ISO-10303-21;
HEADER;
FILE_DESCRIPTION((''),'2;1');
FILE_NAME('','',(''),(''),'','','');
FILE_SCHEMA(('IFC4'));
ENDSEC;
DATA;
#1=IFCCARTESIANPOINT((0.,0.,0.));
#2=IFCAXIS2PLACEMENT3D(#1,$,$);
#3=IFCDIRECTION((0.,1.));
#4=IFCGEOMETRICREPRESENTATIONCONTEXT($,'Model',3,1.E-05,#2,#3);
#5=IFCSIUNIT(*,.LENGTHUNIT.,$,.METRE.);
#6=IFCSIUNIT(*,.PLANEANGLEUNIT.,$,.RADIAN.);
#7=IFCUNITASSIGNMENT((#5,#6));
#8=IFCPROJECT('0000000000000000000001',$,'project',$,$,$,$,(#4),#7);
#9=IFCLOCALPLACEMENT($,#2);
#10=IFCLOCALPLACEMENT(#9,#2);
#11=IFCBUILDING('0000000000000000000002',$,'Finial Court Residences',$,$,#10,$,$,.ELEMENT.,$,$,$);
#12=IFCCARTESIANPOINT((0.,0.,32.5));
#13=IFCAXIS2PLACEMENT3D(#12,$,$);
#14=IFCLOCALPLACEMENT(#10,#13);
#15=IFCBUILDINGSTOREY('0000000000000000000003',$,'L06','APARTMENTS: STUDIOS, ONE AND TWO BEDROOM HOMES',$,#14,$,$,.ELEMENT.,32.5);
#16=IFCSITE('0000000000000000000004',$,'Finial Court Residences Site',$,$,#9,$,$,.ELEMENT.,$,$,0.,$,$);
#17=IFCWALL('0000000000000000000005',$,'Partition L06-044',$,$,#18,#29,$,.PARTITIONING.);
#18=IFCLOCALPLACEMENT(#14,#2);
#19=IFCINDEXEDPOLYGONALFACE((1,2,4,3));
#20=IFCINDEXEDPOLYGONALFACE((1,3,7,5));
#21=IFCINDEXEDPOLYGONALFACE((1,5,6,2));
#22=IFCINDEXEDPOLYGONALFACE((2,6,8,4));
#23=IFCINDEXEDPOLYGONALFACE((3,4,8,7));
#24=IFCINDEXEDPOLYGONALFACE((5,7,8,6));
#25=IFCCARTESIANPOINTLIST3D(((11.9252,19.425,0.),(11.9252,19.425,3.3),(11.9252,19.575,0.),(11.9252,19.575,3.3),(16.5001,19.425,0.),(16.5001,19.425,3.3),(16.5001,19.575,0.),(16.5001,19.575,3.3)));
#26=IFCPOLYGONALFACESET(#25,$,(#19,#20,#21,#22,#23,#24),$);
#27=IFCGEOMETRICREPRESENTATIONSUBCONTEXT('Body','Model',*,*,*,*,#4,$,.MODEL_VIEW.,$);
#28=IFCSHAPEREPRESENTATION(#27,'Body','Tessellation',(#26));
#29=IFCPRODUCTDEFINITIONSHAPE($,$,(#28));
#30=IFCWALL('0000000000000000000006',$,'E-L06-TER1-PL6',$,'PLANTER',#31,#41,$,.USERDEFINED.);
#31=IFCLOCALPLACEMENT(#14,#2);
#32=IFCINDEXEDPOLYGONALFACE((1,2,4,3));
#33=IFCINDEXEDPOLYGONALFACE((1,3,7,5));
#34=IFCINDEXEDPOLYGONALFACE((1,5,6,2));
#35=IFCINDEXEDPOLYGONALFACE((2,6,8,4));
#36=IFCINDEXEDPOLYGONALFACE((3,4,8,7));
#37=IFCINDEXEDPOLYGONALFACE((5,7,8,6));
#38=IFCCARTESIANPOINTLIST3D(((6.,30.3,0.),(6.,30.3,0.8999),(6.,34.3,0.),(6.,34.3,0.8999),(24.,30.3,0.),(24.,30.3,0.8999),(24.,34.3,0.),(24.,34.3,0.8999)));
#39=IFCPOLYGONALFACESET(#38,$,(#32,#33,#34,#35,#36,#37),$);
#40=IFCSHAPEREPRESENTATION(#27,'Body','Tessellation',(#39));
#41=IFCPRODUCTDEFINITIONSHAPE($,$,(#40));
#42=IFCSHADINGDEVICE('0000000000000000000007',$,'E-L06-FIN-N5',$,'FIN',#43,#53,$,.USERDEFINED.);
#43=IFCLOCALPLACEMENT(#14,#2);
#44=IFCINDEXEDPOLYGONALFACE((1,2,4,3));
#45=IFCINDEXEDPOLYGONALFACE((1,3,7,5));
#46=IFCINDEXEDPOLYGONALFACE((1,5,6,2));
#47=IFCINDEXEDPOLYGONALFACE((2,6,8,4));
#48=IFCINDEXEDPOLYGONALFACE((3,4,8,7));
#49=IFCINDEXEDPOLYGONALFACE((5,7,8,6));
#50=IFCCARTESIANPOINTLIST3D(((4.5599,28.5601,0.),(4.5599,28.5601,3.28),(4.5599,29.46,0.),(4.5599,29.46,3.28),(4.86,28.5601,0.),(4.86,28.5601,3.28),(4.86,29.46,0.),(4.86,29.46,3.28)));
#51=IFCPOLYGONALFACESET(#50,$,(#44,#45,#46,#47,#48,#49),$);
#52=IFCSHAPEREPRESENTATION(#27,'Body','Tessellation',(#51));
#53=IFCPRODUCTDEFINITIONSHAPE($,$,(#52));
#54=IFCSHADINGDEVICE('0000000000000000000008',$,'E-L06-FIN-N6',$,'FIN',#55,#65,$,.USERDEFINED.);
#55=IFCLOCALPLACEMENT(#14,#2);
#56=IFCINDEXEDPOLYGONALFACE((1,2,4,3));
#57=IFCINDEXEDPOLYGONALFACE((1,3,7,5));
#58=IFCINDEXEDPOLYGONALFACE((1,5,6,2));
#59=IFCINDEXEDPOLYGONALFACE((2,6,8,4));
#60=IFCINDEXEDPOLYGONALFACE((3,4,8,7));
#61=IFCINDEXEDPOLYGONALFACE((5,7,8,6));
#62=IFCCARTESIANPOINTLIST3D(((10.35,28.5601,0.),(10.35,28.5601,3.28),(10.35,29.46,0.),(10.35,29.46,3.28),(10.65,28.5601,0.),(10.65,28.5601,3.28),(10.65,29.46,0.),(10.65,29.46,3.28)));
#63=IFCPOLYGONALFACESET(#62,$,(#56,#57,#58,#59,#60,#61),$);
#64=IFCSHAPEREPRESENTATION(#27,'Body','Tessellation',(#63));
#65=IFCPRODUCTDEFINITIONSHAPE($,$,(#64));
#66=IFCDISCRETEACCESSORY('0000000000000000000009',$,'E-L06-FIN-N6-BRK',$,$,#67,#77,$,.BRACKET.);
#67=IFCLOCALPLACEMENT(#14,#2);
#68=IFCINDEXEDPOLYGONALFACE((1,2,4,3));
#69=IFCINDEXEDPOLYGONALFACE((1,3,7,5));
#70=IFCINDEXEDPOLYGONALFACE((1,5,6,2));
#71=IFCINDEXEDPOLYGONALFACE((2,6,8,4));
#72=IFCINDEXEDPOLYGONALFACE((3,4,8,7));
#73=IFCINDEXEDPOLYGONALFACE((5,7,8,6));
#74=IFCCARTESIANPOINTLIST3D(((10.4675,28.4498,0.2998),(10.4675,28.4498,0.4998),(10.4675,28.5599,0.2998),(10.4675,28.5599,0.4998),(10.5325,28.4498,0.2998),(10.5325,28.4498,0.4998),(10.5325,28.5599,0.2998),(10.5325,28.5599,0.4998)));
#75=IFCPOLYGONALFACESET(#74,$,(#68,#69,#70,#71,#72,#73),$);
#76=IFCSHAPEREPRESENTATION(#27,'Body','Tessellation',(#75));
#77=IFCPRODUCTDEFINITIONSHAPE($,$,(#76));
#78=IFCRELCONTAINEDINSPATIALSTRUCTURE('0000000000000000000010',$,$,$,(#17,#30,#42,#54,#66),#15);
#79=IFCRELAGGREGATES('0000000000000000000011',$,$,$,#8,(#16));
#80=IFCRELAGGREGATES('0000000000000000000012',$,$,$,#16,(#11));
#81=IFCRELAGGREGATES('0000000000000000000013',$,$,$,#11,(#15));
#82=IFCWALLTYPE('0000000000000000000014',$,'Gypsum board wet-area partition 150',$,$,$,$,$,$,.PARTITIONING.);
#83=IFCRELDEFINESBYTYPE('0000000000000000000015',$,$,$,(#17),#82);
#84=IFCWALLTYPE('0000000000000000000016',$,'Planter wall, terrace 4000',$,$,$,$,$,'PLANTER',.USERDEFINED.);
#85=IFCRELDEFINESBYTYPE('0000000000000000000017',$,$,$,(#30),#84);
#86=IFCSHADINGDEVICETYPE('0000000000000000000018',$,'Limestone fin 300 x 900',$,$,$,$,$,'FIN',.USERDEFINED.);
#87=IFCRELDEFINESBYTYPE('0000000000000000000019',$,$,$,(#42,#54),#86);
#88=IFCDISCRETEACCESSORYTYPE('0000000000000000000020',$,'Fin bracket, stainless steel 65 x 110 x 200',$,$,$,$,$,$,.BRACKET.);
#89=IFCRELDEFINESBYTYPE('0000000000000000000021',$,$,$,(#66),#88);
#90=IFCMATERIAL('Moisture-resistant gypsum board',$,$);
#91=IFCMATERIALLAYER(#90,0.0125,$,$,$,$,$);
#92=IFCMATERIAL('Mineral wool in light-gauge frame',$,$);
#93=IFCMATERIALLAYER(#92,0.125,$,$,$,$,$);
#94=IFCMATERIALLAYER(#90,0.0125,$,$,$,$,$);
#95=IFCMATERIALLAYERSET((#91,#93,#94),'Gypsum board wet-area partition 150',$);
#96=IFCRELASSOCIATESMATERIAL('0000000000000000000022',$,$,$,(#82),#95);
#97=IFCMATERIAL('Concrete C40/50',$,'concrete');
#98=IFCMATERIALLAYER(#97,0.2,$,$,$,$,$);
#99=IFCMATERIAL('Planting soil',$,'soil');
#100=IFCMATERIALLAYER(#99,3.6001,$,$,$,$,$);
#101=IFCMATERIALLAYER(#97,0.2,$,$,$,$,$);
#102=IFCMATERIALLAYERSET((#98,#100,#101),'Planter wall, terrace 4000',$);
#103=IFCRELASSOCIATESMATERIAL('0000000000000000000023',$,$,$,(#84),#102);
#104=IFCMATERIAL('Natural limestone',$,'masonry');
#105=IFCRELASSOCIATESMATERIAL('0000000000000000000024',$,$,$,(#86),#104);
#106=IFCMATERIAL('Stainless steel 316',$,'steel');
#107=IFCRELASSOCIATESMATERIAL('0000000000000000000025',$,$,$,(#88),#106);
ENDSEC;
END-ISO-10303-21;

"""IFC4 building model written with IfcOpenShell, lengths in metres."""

from ifc_helpers import new_model, si_unit, direction, frame, frame_2d, origin, origin_2d, place, context, subcontext, project, spatial, rectangle, extrude, material, layer, layer_set, type_object, element, save


model = new_model("IFC4")

# Units and contexts
model_context = context("Model", 3, precision=1e-05, world=origin(), true_north=direction((0.0, 1.0)))
body_context = subcontext(model_context, "Body", "Model", "MODEL_VIEW")
ifc_project = project(units=[si_unit("LENGTHUNIT", "METRE"), si_unit("PLANEANGLEUNIT", "RADIAN")], contexts=[model_context])

# Site, building, storey
site_placement = place(None, origin())
site = spatial("IfcSite", under=ifc_project, at=site_placement, Name="Finial Court Residences Site", CompositionType="ELEMENT", RefElevation=0.0)
building_placement = place(site_placement, origin())
building = spatial("IfcBuilding", under=site, at=building_placement, Name="Finial Court Residences", CompositionType="ELEMENT")
storey_placement = place(building_placement, frame((0.0, 0.0, 32.5)))
storey = spatial("IfcBuildingStorey", under=building, at=storey_placement, Name="L06", Description="APARTMENTS: STUDIOS, ONE AND TWO BEDROOM HOMES", CompositionType="ELEMENT", Elevation=32.5)

# Shared definitions
ifc_material_1 = material(Name="Mineral wool in light-gauge frame")
ifc_material_2 = material(Name="Moisture-resistant gypsum board")
ifc_layer_1 = layer(ifc_material_2, 0.0125)
ifc_layer_2 = layer(ifc_material_1, 0.125)
ifc_layer_3 = layer(ifc_material_2, 0.0125)
ifc_layer_set_1 = layer_set([ifc_layer_1, ifc_layer_2, ifc_layer_3], Name="Gypsum board wet-area partition 150")
wall_type_1 = type_object("IfcWallType", Name="Gypsum board wet-area partition 150", PredefinedType="PARTITIONING", material=ifc_layer_set_1)

# Walls
wall_1_placement = place(storey_placement, frame((11.925, 19.5, 0.0), z_axis=(0.0, 0.0, 1.0), x_axis=(1.0, 0.0, 0.0)))
element("IfcWall", 1, at=wall_1_placement, inside=storey, type_object=wall_type_1, Name="Partition L06-044", PredefinedType="PARTITIONING", context=body_context, shape_type="SweptSolid", body=[
    extrude(rectangle(XDim=4.575, YDim=0.1499, at=frame_2d((2.2876, 0.0))), origin(), (0.0, 0.0, 1.0), 3.3),
])
ifc_material_3 = material(Name="Concrete C40/50", Category="concrete")
ifc_layer_4 = layer(ifc_material_3, 0.2)
ifc_material_4 = material(Name="Planting soil", Category="soil")
ifc_layer_5 = layer(ifc_material_4, 3.6001)
ifc_layer_6 = layer(ifc_material_3, 0.2)
ifc_layer_set_2 = layer_set([ifc_layer_4, ifc_layer_5, ifc_layer_6], Name="Planter wall, terrace 4000")
wall_type_2 = type_object("IfcWallType", Name="Planter wall, terrace 4000", ElementType="PLANTER", PredefinedType="USERDEFINED", material=ifc_layer_set_2)
wall_2_placement = place(storey_placement, frame((6.0, 32.3, 0.0), z_axis=(0.0, 0.0, 1.0), x_axis=(1.0, 0.0, 0.0)))
element("IfcWall", 2, at=wall_2_placement, inside=storey, type_object=wall_type_2, Name="E-L06-TER1-PL6", ObjectType="PLANTER", PredefinedType="USERDEFINED", context=body_context, shape_type="SweptSolid", body=[
    extrude(rectangle(XDim=18.0, YDim=4.0, at=frame_2d((9.0, 0.0))), origin(), (0.0, 0.0, 1.0), 0.8999),
])

# Shading devices
ifc_material_5 = material(Name="Natural limestone", Category="masonry")
shading_device_type = type_object("IfcShadingDeviceType", Name="Limestone fin 300 x 900", ElementType="FIN", PredefinedType="USERDEFINED", material=ifc_material_5)
for number, where, z_axis, x_axis, name in (
    (3, (4.71, 29.01, 0.0), (0.0, 0.0, 1.0), (1.0, 0.0, 0.0), "E-L06-FIN-N5"),
    (4, (10.5, 29.01, 0.0), (0.0, 0.0, 1.0), (1.0, 0.0, 0.0), "E-L06-FIN-N6"),
):
    element("IfcShadingDevice", number, at=place(storey_placement, frame(where, z_axis=z_axis, x_axis=x_axis)), inside=storey, type_object=shading_device_type, Name=name, ObjectType="FIN", PredefinedType="USERDEFINED", context=body_context, shape_type="SweptSolid", body=[
        extrude(rectangle(XDim=0.3, YDim=0.8999, at=origin_2d()), origin(), (0.0, 0.0, 1.0), 3.28),
    ])

# Discrete accessory
ifc_material_6 = material(Name="Stainless steel 316", Category="steel")
discrete_accessory_type = type_object("IfcDiscreteAccessoryType", Name="Fin bracket, stainless steel 65 x 110 x 200", PredefinedType="BRACKET", material=ifc_material_6)
discrete_accessory_placement = place(storey_placement, frame((10.5, 28.5049, 0.2998), z_axis=(0.0, 0.0, 1.0), x_axis=(1.0, 0.0, 0.0)))
element("IfcDiscreteAccessory", 5, at=discrete_accessory_placement, inside=storey, type_object=discrete_accessory_type, Name="E-L06-FIN-N6-BRK", PredefinedType="BRACKET", context=body_context, shape_type="SweptSolid", body=[
    extrude(rectangle(XDim=0.0649, YDim=0.1101, at=origin_2d()), origin(), (0.0, 0.0, 1.0), 0.2),
])

save(model, "model.ifc")
